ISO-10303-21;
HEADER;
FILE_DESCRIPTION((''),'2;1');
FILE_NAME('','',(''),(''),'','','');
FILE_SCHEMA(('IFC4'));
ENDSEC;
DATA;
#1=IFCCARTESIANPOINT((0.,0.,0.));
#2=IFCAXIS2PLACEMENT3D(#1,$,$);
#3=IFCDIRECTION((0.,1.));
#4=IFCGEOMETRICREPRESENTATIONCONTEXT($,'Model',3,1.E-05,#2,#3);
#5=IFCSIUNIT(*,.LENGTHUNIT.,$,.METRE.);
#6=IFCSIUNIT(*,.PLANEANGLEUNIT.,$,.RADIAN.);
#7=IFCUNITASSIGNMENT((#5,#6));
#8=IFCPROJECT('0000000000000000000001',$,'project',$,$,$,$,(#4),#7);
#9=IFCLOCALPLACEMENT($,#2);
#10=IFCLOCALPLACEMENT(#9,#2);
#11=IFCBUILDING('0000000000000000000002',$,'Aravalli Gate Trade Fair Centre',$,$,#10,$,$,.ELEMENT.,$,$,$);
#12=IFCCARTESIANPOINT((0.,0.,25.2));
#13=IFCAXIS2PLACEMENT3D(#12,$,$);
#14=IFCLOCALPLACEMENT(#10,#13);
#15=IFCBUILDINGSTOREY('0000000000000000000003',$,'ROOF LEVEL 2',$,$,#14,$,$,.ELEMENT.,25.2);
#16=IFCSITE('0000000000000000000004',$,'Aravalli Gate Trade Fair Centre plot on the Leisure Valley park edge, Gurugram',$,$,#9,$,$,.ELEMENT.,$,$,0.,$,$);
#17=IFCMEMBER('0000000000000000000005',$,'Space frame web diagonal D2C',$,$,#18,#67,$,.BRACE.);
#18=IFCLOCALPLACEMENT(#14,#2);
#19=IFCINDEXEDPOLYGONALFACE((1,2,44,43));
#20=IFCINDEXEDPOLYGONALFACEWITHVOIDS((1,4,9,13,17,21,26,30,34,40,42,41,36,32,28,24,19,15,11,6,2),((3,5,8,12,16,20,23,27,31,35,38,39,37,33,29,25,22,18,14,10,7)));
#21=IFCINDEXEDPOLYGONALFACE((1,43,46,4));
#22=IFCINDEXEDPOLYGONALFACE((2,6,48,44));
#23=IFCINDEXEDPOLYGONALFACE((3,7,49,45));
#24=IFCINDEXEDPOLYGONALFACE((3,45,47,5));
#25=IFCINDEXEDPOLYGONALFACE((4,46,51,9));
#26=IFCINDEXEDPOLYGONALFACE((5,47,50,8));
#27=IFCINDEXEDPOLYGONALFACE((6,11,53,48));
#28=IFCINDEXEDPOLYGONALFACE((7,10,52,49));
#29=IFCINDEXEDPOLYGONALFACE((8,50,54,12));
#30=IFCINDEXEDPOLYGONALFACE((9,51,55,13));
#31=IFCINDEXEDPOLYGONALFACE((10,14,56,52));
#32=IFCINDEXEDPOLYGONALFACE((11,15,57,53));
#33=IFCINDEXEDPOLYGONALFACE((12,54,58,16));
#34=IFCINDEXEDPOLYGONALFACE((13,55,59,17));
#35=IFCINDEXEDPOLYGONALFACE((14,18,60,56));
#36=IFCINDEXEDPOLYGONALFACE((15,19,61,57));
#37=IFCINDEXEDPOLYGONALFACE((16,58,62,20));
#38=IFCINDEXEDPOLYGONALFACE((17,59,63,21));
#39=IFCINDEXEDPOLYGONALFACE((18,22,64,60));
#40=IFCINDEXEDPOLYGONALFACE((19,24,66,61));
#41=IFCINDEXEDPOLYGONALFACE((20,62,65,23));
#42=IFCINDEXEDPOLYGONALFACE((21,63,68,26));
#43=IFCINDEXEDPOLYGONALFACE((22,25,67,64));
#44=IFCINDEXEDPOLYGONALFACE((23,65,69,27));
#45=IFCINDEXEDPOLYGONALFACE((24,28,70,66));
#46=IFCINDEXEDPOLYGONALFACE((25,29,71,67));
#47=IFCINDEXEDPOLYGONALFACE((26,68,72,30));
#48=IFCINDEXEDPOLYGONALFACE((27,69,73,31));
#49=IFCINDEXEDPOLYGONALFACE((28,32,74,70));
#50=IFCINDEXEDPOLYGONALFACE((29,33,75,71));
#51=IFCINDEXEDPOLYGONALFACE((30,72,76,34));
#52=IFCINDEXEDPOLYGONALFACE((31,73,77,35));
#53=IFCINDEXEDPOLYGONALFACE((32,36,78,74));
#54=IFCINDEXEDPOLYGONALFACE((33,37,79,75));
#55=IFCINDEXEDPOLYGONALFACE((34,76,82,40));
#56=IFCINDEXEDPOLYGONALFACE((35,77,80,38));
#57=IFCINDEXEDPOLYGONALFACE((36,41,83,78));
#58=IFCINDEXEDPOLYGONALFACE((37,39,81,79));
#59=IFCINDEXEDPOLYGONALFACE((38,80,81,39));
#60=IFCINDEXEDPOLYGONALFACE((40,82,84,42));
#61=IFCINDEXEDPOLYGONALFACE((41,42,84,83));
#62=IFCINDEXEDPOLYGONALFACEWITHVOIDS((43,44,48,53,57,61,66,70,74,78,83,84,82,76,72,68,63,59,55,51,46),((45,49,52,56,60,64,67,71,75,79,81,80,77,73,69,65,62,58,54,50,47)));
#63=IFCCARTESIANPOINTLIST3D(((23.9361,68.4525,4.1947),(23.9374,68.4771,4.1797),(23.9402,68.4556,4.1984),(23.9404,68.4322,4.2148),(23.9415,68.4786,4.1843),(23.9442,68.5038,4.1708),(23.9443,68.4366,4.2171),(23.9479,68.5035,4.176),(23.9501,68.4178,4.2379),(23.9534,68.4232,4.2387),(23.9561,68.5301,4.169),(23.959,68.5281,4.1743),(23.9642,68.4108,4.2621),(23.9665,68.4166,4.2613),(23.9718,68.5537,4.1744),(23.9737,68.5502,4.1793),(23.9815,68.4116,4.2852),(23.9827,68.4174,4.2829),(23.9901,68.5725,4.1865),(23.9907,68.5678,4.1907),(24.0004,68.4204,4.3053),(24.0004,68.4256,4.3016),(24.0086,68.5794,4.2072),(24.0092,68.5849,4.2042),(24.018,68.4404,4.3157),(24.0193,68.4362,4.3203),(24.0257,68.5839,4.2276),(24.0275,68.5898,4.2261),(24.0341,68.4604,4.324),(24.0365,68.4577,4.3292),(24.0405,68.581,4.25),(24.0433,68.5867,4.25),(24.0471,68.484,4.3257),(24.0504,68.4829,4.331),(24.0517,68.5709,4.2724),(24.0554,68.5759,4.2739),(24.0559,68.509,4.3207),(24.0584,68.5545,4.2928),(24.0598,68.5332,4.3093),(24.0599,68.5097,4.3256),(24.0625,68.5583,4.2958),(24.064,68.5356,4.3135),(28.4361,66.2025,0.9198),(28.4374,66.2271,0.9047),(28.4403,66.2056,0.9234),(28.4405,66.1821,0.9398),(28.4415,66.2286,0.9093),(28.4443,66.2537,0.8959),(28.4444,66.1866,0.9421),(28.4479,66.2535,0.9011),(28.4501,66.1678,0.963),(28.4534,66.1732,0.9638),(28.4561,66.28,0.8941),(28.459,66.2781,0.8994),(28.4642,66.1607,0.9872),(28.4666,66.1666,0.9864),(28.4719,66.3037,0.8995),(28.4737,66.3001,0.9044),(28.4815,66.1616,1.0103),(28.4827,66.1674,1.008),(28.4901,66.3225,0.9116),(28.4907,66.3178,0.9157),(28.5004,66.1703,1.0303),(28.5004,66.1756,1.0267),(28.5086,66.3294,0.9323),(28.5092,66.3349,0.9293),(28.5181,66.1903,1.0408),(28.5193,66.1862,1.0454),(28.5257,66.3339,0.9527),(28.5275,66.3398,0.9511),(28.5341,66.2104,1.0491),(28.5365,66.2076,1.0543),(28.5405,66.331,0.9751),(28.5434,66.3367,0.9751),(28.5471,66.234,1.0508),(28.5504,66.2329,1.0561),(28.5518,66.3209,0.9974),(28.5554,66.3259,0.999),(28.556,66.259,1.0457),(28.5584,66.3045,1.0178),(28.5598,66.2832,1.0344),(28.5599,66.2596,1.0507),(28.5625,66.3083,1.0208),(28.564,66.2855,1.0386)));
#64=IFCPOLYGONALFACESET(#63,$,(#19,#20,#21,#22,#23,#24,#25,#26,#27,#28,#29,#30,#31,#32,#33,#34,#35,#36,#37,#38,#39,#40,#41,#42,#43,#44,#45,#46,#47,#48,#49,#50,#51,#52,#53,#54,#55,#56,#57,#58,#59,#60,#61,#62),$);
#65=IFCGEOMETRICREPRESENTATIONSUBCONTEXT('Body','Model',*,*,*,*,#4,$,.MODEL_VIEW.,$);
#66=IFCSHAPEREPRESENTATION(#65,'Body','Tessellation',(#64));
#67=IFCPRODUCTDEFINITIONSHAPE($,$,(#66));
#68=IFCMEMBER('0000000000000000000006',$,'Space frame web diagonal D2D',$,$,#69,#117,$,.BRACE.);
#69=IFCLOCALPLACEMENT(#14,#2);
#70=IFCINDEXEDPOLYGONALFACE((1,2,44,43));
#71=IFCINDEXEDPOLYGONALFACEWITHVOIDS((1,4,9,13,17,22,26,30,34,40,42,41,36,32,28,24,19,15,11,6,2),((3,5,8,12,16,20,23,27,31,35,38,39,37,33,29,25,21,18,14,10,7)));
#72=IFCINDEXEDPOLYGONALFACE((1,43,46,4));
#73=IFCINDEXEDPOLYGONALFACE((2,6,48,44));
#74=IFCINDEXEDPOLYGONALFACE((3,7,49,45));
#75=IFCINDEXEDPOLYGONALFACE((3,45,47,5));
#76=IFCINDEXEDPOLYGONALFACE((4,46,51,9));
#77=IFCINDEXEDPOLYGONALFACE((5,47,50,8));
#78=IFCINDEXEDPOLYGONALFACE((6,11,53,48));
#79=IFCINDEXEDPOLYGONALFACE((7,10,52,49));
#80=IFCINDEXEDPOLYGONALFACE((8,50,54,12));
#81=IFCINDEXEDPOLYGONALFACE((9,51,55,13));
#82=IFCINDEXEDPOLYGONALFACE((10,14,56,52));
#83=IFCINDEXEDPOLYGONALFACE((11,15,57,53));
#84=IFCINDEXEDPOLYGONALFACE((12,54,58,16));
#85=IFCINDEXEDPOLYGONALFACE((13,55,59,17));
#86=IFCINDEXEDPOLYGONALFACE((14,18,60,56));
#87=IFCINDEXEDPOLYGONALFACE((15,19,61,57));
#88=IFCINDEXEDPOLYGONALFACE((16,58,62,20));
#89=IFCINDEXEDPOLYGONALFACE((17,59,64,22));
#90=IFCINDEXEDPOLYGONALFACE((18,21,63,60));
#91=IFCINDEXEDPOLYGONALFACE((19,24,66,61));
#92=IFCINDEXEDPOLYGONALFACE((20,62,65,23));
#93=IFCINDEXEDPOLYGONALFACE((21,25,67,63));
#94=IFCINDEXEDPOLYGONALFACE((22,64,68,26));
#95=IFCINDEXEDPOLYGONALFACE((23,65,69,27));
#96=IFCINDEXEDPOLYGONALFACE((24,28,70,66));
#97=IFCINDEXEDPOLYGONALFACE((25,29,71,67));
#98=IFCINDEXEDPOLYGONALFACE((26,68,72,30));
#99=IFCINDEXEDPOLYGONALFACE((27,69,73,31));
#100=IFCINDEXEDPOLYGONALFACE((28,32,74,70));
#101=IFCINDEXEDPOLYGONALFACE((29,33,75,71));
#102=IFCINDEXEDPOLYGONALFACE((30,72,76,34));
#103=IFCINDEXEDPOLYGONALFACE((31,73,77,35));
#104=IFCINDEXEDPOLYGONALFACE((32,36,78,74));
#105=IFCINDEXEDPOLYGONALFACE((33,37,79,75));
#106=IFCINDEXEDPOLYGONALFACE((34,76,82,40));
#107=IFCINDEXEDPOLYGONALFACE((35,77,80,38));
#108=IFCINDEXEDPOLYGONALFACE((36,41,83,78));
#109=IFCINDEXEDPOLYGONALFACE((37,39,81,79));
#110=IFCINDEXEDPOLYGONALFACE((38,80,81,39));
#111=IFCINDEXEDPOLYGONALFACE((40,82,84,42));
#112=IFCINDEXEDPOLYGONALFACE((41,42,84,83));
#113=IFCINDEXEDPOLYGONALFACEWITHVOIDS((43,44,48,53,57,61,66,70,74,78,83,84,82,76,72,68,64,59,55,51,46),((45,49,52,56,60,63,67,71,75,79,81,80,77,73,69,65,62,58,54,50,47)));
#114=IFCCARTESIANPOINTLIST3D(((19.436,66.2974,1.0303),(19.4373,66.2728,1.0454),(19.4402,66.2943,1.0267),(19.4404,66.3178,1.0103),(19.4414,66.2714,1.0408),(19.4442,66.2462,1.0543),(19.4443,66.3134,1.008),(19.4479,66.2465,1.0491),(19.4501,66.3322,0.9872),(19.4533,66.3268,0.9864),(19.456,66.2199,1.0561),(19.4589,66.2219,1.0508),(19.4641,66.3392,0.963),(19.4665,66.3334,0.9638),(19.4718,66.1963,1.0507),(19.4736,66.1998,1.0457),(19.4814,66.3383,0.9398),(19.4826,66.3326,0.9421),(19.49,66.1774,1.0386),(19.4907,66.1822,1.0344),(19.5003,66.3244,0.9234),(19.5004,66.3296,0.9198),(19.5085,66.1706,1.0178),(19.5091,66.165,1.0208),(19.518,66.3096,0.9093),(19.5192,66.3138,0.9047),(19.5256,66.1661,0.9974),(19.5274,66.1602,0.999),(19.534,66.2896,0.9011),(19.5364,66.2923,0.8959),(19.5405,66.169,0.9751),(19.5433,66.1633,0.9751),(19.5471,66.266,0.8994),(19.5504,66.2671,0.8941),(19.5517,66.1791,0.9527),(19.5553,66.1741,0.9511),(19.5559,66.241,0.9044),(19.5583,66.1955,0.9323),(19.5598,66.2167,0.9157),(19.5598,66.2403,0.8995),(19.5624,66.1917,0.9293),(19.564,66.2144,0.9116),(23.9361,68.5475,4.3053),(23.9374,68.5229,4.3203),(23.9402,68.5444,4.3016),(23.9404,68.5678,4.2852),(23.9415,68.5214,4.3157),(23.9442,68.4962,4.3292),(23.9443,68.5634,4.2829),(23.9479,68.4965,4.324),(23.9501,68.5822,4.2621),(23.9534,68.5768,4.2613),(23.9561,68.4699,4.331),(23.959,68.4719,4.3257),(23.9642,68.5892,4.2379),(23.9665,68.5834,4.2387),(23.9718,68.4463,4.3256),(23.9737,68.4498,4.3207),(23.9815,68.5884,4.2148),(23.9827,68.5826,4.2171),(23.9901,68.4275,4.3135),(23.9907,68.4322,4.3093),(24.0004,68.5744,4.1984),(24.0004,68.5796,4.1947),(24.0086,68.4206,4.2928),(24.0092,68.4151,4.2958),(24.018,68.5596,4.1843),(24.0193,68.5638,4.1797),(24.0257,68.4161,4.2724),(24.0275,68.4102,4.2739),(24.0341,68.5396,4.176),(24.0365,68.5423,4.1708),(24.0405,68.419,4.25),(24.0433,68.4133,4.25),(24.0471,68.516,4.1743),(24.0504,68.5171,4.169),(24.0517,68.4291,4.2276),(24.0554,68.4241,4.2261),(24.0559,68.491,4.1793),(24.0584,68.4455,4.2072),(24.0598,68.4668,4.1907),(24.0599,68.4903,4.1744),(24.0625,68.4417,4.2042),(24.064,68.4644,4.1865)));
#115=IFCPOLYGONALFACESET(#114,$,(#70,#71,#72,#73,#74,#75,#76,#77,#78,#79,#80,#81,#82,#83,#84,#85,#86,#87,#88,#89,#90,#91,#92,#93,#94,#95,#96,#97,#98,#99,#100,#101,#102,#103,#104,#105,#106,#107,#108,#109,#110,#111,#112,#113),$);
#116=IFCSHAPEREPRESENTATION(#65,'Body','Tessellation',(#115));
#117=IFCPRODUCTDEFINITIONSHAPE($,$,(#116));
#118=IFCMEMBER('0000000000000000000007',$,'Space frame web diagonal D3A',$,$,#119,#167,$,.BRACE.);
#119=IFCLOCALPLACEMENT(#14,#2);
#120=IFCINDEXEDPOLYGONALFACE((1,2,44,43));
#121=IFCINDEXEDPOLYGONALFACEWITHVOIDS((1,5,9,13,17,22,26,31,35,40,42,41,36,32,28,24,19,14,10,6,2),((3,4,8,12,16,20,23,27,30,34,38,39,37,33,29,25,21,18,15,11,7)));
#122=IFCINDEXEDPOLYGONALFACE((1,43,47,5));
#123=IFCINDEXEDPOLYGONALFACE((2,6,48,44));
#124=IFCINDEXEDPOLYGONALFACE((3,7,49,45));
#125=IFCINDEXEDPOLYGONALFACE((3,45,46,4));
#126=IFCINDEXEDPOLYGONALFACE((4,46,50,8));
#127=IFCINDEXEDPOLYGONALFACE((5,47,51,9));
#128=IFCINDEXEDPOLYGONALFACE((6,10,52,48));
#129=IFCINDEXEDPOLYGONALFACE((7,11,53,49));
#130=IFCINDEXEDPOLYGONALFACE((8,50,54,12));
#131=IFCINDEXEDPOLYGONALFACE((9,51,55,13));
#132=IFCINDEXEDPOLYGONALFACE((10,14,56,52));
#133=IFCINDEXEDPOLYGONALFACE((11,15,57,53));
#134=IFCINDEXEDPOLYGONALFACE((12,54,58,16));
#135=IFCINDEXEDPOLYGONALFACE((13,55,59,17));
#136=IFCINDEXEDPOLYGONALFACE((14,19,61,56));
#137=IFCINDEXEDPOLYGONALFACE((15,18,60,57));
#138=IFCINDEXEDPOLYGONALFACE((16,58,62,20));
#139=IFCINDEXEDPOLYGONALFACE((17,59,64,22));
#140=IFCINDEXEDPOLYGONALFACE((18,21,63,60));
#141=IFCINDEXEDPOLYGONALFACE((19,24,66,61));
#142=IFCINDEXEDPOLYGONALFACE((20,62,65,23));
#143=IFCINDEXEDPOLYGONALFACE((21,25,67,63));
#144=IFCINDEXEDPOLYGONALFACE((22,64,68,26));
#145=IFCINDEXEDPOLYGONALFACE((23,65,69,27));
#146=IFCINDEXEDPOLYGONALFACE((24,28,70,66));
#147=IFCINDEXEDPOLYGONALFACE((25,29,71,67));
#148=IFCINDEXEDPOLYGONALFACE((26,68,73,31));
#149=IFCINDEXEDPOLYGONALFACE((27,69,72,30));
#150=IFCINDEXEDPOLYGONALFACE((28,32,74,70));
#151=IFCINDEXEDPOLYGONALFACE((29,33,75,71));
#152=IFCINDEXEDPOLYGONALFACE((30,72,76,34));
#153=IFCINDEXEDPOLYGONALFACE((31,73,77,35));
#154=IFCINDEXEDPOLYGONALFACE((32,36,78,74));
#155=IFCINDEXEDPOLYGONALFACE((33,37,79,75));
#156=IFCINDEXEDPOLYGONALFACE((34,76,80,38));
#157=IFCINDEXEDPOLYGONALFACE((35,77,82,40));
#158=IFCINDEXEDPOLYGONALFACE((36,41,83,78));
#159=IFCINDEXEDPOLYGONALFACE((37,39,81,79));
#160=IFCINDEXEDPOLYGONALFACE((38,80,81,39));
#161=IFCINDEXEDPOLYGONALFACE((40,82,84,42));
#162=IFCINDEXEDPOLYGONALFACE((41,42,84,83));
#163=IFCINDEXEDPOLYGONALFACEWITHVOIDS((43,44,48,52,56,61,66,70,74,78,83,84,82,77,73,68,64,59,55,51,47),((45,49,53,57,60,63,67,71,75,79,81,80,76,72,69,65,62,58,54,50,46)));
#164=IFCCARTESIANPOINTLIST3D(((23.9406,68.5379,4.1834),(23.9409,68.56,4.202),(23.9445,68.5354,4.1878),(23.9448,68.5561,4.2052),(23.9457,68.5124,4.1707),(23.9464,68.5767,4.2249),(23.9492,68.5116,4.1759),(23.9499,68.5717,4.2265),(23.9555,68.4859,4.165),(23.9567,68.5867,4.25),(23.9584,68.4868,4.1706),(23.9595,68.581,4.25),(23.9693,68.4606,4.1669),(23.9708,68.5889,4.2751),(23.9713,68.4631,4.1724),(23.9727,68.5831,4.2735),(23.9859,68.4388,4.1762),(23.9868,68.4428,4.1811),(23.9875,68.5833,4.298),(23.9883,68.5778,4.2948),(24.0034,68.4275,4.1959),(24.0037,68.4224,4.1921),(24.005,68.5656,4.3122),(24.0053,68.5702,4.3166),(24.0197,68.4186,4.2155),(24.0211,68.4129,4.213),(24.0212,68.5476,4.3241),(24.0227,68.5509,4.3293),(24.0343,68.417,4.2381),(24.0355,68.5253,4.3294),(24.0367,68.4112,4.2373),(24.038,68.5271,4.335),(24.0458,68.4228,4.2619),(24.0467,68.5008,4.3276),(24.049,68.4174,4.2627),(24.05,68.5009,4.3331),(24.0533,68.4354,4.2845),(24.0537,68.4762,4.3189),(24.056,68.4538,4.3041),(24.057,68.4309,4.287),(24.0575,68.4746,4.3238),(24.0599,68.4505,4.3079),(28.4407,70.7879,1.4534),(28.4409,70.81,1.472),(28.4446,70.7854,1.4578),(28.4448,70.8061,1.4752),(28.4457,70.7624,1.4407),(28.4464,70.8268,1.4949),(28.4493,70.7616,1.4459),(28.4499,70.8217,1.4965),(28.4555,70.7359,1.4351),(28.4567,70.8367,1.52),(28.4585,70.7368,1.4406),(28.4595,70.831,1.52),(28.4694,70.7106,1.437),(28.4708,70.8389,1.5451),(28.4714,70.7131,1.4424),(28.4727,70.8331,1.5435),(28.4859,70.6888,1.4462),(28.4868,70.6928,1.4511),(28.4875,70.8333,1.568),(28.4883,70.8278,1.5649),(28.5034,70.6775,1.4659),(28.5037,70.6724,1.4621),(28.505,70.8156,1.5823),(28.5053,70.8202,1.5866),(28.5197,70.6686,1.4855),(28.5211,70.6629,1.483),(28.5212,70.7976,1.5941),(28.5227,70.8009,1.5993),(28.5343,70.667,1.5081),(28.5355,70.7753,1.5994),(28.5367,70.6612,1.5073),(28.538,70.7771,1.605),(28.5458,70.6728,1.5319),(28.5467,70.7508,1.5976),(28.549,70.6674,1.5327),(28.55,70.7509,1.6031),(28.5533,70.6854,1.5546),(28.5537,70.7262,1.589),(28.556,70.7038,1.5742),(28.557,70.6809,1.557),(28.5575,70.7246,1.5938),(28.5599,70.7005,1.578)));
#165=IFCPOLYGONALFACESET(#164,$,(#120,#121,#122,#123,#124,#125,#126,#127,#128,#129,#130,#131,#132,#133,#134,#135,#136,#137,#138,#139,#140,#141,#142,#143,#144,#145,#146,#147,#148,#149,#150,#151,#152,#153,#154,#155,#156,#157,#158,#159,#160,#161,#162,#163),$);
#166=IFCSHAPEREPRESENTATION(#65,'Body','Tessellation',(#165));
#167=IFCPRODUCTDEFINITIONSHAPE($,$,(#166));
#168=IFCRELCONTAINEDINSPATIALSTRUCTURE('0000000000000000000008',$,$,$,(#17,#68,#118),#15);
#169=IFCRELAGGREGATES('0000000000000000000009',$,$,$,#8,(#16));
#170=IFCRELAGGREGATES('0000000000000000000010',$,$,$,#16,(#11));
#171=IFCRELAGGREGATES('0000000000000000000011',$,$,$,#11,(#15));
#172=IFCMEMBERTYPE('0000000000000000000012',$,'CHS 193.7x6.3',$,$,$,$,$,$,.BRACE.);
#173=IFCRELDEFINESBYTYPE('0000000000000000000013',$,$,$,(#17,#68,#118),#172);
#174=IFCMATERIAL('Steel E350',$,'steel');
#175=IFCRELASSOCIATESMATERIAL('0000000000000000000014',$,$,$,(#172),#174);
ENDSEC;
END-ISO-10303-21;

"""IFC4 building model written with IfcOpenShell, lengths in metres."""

from ifc_helpers import new_model, si_unit, direction, frame, origin, origin_2d, place, context, subcontext, project, spatial, hollow_circle, extrude, material, material_profile, profile_set, type_object, element, save


model = new_model("IFC4")

# Units and contexts
model_context = context("Model", 3, precision=1e-05, world=origin(), true_north=direction((0.0, 1.0)))
body_context = subcontext(model_context, "Body", "Model", "MODEL_VIEW")
ifc_project = project(units=[si_unit("LENGTHUNIT", "METRE"), si_unit("PLANEANGLEUNIT", "RADIAN")], contexts=[model_context])

# Site, building, storey
site_placement = place(None, origin())
site = spatial("IfcSite", under=ifc_project, at=site_placement, Name="Aravalli Gate Trade Fair Centre plot on the Leisure Valley park edge, Gurugram", CompositionType="ELEMENT", RefElevation=0.0)
building_placement = place(site_placement, origin())
building = spatial("IfcBuilding", under=site, at=building_placement, Name="Aravalli Gate Trade Fair Centre", CompositionType="ELEMENT")
storey_placement = place(building_placement, frame((0.0, 0.0, 25.2)))
storey = spatial("IfcBuildingStorey", under=building, at=storey_placement, Name="ROOF LEVEL 2", CompositionType="ELEMENT", Elevation=25.2)

# Members
ifc_material_1 = material(Name="Steel E350", Category="steel")
ifc_material_profile_1 = material_profile(ifc_material_1, hollow_circle(Radius=0.0969, WallThickness=0.0063, at=origin_2d()), Name="CHS 193.7x6.3")
ifc_profile_set_1 = profile_set([ifc_material_profile_1], Name="Steel E350")
member_type_1 = type_object("IfcMemberType", Name="CHS 193.7x6.3", PredefinedType="BRACE", material=ifc_profile_set_1)
for number, where, z_axis, x_axis, name in (
    (1, (24.0, 68.5, 4.25), (0.74961, -0.374805, -0.545533), (0.447214, 0.894427, 0.0), "Space frame web diagonal D2C"),
    (2, (24.0, 68.5, 4.25), (-0.74961, -0.374805, -0.545533), (0.447214, -0.894427, 0.0), "Space frame web diagonal D2D"),
):
    element("IfcMember", number, at=place(storey_placement, frame(where, z_axis=z_axis, x_axis=x_axis)), inside=storey, type_object=member_type_1, Name=name, PredefinedType="BRACE", context=body_context, shape_type="SweptSolid", body=[
        extrude(hollow_circle(Radius=0.0969, WallThickness=0.0063, at=origin_2d()), origin(), (0.0, 0.0, 1.0), 6.0032),
    ])
for number, where, z_axis, x_axis, name in (
    (3, (24.0, 68.5, 4.25), (0.78615, 0.393075, -0.476928), (-0.447214, 0.894427, 0.0), "Space frame web diagonal D3A"),
):
    element("IfcMember", number, at=place(storey_placement, frame(where, z_axis=z_axis, x_axis=x_axis)), inside=storey, type_object=member_type_1, Name=name, PredefinedType="BRACE", context=body_context, shape_type="SweptSolid", body=[
        extrude(hollow_circle(Radius=0.0969, WallThickness=0.0063, at=origin_2d()), origin(), (0.0, 0.0, 1.0), 5.7241),
    ])

save(model, "model.ifc")
